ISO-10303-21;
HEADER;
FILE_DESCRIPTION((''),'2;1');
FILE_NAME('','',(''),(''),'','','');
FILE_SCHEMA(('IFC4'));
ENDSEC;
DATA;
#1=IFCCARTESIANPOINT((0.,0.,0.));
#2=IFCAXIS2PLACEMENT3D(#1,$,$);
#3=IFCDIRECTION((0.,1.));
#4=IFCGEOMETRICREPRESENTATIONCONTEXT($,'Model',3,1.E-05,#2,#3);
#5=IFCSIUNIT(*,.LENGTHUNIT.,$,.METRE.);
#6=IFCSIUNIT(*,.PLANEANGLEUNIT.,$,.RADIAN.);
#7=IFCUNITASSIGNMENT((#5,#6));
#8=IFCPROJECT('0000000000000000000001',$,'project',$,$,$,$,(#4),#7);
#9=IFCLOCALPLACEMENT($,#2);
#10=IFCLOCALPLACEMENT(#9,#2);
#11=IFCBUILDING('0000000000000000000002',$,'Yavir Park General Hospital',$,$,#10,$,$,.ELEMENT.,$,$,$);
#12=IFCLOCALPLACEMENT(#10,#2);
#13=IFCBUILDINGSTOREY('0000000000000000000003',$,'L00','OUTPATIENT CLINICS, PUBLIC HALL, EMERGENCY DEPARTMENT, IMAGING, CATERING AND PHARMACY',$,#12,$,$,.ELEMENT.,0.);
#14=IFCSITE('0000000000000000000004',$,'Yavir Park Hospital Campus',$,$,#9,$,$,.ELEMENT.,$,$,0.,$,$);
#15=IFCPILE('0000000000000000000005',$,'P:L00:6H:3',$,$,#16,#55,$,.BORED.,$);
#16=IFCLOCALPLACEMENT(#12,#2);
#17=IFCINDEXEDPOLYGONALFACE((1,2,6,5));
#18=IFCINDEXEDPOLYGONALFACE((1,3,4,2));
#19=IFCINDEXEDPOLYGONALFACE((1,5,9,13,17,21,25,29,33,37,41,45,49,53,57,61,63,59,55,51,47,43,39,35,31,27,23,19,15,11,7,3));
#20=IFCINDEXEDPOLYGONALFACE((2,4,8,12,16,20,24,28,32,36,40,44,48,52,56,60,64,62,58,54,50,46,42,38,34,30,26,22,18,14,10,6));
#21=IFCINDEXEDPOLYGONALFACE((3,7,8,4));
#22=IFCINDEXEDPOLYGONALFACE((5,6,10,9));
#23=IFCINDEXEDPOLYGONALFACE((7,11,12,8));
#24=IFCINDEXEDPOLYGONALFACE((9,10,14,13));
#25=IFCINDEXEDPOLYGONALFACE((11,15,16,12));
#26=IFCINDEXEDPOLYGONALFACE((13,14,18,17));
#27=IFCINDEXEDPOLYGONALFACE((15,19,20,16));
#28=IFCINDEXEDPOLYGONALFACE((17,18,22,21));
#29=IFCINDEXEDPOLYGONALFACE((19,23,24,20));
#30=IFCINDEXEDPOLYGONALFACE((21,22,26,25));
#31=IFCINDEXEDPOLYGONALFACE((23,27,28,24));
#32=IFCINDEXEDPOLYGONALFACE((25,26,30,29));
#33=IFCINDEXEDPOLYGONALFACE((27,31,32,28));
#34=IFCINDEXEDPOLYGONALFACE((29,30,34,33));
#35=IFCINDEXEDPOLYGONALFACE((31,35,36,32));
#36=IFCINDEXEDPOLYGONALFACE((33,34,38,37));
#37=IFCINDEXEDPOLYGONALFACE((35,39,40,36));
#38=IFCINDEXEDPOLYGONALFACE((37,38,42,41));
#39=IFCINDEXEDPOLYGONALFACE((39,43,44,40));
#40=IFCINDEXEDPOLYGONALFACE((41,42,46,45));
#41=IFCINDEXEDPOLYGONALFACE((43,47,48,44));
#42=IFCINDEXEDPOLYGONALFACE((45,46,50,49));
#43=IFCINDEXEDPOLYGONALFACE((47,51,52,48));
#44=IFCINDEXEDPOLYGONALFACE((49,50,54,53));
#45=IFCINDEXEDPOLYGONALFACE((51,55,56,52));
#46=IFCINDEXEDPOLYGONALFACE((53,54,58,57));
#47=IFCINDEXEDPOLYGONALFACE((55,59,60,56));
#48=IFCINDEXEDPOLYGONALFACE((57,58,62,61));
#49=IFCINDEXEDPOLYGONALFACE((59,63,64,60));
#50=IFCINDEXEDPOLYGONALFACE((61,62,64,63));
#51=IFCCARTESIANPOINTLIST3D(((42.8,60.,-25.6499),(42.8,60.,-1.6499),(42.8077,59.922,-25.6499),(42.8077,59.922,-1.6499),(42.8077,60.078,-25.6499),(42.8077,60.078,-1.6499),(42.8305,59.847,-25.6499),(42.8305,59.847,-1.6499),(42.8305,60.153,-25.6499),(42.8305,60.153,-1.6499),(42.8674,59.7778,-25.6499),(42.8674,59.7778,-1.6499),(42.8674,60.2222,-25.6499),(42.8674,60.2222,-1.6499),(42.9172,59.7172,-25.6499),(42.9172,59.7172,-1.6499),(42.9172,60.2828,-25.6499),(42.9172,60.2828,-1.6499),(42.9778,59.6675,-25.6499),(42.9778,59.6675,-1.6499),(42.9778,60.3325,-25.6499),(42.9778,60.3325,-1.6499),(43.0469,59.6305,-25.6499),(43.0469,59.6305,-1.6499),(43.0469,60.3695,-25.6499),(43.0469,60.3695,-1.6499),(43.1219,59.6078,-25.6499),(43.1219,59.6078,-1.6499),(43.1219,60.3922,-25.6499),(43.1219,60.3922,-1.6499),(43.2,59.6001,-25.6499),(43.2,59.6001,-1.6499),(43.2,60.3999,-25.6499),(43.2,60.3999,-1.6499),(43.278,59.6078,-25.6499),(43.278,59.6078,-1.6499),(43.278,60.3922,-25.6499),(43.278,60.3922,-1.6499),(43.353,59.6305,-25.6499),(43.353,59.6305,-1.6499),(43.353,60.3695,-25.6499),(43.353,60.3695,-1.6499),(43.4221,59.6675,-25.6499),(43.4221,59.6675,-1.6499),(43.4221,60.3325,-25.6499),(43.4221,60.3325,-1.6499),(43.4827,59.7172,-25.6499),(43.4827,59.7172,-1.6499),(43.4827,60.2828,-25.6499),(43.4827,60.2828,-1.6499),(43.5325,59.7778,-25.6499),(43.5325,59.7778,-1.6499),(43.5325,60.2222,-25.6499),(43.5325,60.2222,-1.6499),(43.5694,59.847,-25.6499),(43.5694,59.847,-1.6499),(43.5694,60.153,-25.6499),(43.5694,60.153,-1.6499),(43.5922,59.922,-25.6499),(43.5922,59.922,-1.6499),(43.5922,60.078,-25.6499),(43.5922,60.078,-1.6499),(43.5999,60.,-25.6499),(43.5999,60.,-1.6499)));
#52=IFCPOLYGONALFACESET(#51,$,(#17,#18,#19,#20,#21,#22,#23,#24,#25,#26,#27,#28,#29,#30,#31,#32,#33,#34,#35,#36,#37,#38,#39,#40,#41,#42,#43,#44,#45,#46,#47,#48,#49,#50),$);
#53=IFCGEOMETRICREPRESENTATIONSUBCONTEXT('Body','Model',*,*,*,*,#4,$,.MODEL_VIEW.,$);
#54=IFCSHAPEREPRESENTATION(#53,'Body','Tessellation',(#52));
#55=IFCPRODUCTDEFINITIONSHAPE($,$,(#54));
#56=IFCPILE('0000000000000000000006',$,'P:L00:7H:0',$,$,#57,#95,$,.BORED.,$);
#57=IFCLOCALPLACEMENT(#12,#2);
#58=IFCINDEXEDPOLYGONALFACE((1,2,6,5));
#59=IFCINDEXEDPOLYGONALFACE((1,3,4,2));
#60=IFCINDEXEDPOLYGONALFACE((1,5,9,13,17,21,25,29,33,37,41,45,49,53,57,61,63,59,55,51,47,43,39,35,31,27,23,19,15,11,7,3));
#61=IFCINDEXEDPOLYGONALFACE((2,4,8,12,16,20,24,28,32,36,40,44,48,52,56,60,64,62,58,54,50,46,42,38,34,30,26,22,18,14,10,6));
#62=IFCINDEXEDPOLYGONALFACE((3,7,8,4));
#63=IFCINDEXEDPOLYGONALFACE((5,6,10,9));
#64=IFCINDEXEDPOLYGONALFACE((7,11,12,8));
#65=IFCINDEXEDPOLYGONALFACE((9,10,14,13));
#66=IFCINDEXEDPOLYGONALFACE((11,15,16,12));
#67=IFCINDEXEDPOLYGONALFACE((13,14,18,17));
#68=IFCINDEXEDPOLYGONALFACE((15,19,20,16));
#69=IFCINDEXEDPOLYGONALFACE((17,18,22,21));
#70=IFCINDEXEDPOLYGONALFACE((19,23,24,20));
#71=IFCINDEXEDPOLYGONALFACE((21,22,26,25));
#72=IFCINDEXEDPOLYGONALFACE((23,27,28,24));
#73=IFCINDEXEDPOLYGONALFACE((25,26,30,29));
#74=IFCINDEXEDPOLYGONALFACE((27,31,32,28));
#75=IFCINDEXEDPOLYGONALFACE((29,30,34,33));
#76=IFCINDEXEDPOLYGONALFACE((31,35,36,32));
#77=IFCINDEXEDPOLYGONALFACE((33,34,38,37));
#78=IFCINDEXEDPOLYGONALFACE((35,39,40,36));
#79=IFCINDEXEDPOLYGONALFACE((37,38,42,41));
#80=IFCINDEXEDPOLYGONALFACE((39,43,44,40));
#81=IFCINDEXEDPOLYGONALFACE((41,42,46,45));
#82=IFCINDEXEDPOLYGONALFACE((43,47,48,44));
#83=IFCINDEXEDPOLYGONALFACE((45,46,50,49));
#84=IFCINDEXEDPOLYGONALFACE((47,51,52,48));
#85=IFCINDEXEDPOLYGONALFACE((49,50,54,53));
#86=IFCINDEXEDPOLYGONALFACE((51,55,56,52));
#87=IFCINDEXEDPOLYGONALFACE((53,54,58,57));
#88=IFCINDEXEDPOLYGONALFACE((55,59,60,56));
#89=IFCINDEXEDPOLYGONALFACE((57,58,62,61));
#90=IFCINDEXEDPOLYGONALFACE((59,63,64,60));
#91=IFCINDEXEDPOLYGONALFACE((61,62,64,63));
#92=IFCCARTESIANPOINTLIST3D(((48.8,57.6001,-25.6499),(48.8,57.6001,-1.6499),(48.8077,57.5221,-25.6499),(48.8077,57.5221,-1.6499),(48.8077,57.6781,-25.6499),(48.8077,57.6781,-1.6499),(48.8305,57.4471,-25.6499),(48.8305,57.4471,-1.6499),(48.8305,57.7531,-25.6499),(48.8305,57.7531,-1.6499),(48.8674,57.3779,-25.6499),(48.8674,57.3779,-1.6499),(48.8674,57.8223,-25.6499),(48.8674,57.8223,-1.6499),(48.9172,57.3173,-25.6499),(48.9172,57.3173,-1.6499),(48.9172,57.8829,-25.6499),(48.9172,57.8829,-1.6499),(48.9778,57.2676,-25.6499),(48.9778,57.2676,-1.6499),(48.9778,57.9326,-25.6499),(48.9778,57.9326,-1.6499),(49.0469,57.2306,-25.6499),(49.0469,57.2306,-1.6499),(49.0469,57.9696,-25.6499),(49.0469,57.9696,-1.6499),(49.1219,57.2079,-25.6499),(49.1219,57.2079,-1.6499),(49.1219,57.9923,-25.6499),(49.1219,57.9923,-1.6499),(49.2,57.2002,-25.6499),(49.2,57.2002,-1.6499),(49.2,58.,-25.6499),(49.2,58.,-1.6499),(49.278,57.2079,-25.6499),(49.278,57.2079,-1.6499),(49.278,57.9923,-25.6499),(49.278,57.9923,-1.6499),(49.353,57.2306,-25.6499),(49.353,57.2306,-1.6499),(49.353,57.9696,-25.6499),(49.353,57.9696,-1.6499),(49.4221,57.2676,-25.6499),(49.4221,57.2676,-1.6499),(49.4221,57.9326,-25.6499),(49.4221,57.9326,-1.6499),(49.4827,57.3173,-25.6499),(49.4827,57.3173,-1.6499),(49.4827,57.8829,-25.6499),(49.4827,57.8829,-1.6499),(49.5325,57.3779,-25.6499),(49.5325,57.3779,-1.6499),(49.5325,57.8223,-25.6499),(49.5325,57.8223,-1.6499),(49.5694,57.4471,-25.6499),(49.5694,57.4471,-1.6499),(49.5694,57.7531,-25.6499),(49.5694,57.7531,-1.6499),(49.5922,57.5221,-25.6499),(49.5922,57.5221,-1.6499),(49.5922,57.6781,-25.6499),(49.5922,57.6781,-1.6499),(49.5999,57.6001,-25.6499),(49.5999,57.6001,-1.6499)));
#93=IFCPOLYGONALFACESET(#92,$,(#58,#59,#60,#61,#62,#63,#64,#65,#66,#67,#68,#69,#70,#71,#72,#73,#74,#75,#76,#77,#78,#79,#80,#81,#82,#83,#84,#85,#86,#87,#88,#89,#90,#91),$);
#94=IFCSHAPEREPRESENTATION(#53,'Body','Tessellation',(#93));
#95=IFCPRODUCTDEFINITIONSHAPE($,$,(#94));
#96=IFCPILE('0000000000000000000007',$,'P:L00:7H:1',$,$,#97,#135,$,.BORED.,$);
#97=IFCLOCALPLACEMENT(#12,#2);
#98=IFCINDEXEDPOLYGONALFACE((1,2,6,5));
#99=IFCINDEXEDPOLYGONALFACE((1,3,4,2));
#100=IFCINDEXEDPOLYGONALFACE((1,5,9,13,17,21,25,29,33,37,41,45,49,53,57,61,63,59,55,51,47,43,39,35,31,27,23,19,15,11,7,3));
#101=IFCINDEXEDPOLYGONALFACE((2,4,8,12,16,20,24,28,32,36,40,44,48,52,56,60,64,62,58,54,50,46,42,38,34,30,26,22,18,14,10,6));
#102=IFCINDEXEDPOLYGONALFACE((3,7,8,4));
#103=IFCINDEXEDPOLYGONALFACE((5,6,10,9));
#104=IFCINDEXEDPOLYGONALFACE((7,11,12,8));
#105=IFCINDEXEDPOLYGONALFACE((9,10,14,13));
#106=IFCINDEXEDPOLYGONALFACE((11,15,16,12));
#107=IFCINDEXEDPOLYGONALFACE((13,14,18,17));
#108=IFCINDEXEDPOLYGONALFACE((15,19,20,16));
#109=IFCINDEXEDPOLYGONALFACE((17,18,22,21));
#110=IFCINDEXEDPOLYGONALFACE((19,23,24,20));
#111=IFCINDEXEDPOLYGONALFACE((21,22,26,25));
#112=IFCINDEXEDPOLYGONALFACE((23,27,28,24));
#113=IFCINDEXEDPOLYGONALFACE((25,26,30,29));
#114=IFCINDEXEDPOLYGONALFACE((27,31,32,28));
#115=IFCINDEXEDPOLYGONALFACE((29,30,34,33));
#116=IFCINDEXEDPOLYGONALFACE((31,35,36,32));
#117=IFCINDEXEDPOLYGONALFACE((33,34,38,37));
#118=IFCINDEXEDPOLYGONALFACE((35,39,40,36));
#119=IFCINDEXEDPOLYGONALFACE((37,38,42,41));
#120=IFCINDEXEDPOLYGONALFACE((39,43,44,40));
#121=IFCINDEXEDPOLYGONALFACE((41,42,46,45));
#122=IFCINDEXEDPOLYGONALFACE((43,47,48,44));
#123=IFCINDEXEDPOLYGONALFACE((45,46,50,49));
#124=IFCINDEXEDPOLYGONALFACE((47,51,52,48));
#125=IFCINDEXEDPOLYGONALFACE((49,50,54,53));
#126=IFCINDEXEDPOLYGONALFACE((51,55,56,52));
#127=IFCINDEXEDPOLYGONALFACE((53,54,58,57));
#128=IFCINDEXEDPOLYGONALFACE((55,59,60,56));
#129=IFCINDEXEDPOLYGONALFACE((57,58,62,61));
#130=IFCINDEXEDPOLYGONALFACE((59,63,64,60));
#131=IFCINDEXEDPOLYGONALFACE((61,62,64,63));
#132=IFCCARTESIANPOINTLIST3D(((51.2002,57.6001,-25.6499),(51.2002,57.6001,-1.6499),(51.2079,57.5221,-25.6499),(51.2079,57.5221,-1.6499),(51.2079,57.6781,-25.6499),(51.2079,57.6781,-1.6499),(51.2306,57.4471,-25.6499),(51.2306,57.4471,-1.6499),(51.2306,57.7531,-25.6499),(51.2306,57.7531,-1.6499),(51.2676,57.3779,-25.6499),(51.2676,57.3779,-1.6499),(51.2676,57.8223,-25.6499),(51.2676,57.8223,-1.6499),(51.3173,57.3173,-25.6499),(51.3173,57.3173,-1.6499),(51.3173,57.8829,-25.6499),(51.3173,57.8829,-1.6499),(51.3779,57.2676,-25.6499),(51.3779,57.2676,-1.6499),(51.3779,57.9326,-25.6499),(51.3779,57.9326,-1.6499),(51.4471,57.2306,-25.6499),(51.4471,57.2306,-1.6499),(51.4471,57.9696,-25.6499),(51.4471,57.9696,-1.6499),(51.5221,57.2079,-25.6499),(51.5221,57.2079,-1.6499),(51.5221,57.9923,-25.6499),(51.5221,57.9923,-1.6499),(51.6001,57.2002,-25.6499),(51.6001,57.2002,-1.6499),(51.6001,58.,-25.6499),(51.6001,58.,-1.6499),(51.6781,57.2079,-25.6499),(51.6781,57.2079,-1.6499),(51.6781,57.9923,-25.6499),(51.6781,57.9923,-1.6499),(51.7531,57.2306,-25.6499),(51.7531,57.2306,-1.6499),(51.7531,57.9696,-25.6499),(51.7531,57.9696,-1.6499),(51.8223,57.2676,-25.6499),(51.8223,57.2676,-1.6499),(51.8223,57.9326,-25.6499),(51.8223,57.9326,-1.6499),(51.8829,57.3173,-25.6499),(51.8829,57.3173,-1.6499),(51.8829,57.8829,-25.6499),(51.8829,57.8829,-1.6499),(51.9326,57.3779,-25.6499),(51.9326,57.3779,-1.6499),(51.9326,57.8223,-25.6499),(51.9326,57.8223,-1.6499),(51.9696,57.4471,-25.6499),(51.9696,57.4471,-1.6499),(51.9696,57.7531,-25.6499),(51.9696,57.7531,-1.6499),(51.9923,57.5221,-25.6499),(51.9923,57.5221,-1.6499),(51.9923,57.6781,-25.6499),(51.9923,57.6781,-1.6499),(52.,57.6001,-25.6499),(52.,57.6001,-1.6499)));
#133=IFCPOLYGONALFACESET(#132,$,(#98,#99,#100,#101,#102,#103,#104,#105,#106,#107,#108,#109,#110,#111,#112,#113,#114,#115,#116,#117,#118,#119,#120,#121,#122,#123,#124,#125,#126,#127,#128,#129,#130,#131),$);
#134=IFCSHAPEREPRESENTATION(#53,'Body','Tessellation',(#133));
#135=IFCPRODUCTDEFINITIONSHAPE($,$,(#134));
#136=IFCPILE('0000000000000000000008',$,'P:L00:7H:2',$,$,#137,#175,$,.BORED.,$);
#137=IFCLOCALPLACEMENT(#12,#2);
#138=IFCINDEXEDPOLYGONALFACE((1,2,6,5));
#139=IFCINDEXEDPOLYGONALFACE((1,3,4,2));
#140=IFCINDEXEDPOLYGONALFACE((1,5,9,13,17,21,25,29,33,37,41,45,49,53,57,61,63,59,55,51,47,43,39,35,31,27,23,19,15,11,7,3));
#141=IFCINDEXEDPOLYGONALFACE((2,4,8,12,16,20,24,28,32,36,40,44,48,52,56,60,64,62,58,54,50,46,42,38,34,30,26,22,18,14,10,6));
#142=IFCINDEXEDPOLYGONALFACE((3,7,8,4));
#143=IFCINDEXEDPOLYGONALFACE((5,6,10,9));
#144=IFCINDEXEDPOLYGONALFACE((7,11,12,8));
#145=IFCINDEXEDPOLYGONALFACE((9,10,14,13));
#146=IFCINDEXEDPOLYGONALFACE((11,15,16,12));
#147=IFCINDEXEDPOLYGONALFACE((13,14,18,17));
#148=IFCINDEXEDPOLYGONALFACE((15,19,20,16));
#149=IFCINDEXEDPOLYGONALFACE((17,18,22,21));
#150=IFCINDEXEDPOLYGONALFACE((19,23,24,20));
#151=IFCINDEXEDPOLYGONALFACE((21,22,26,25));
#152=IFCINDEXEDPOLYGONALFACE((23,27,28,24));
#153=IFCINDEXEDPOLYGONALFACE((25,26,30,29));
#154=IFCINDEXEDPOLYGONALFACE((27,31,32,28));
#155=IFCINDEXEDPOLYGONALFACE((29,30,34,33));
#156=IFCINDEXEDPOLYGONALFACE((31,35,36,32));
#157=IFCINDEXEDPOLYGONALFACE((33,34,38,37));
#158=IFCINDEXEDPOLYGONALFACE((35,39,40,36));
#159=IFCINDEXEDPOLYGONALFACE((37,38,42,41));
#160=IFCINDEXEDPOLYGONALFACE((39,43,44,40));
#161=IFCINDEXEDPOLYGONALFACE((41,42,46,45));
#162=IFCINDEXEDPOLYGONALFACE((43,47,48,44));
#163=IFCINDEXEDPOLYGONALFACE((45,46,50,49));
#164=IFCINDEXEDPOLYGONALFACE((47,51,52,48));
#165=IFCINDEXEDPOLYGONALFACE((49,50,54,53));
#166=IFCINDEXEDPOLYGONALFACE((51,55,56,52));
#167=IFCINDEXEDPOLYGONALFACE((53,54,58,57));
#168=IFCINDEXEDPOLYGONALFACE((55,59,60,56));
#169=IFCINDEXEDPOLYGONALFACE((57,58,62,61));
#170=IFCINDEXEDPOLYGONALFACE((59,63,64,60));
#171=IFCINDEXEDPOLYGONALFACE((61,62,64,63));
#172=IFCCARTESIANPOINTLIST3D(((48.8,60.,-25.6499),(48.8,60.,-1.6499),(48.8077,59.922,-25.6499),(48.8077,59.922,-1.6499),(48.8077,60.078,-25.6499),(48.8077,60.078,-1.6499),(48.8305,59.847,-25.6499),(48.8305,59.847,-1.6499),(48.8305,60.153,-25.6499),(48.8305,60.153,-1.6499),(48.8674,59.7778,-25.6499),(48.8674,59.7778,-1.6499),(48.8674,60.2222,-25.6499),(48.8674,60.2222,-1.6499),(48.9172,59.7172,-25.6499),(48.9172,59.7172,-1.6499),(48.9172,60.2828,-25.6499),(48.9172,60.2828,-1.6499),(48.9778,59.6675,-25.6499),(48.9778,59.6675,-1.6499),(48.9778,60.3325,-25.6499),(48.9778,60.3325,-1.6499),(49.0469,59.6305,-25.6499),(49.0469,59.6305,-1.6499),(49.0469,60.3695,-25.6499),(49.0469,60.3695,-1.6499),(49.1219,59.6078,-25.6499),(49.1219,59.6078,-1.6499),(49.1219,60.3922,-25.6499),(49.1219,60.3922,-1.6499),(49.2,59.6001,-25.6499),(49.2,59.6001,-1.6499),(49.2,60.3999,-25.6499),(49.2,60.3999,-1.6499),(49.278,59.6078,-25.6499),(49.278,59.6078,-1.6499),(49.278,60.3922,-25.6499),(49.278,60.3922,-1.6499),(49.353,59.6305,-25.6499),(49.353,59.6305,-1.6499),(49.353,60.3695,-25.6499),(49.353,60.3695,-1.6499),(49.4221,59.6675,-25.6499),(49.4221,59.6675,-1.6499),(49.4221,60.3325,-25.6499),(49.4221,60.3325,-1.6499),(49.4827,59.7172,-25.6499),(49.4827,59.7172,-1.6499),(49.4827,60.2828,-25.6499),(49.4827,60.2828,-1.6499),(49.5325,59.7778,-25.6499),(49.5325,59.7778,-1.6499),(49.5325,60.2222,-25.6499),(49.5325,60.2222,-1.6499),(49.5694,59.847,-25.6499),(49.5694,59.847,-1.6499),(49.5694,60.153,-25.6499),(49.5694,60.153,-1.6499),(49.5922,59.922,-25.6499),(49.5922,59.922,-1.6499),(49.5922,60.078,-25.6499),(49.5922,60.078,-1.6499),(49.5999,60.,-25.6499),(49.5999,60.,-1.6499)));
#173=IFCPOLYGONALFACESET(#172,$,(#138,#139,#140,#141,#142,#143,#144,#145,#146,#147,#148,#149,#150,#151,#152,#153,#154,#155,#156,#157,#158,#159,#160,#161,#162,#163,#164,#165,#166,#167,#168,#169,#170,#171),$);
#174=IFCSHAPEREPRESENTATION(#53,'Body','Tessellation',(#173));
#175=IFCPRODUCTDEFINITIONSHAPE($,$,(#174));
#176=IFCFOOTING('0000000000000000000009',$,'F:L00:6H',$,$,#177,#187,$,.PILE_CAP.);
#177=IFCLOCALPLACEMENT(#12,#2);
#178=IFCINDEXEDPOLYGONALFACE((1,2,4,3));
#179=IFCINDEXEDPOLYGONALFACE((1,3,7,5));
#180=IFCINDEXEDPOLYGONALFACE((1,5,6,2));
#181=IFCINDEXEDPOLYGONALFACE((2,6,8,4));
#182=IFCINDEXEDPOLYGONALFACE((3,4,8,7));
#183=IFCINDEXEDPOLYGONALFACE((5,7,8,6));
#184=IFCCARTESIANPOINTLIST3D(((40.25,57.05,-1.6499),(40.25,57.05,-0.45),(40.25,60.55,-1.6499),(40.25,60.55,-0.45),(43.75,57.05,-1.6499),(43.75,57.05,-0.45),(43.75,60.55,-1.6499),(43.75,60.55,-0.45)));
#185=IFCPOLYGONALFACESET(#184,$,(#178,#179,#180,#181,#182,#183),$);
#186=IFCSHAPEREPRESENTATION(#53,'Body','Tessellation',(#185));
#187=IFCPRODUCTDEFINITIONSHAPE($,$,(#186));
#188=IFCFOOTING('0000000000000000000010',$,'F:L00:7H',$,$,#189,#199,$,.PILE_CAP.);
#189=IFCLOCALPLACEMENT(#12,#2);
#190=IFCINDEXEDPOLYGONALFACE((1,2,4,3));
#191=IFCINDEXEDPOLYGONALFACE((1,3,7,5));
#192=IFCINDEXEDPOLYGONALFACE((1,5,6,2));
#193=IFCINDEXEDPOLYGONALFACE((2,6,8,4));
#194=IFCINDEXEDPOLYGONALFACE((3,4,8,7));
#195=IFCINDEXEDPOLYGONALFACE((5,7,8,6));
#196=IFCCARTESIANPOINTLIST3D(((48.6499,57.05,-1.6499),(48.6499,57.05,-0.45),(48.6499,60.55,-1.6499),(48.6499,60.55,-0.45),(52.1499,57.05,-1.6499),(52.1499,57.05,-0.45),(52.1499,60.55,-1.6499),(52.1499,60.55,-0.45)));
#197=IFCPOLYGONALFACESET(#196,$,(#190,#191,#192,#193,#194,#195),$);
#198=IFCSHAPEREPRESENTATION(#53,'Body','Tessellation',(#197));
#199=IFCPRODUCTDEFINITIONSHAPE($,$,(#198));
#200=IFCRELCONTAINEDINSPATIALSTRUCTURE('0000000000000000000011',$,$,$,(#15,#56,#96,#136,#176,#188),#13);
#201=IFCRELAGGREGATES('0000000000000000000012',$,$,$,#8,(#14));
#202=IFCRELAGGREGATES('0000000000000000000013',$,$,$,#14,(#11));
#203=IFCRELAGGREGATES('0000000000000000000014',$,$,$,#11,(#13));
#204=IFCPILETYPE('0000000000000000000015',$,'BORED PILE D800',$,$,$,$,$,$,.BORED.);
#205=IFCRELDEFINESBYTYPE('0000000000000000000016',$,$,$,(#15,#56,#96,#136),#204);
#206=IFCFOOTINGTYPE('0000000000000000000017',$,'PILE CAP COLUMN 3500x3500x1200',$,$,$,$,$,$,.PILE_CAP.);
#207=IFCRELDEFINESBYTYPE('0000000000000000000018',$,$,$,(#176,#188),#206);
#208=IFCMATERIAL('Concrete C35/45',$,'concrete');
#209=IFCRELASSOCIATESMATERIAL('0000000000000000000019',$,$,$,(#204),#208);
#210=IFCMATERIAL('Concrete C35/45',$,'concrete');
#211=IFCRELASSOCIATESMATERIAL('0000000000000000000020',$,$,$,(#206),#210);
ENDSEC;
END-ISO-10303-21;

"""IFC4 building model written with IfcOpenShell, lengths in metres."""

from ifc_helpers import new_model, si_unit, direction, frame, origin, origin_2d, place, context, subcontext, project, spatial, rectangle, circle, extrude, material, material_profile, profile_set, type_object, element, save


model = new_model("IFC4")

# Units and contexts
model_context = context("Model", 3, precision=1e-05, world=origin(), true_north=direction((0.0, 1.0)))
body_context = subcontext(model_context, "Body", "Model", "MODEL_VIEW")
ifc_project = project(units=[si_unit("LENGTHUNIT", "METRE"), si_unit("PLANEANGLEUNIT", "RADIAN")], contexts=[model_context])

# Site, building, storey
site_placement = place(None, origin())
site = spatial("IfcSite", under=ifc_project, at=site_placement, Name="Yavir Park Hospital Campus", CompositionType="ELEMENT", RefElevation=0.0)
building_placement = place(site_placement, origin())
building = spatial("IfcBuilding", under=site, at=building_placement, Name="Yavir Park General Hospital", CompositionType="ELEMENT")
storey_placement = place(building_placement, origin())
storey = spatial("IfcBuildingStorey", under=building, at=storey_placement, Name="L00", Description="OUTPATIENT CLINICS, PUBLIC HALL, EMERGENCY DEPARTMENT, IMAGING, CATERING AND PHARMACY", CompositionType="ELEMENT", Elevation=0.0)

# Piles
ifc_material_1 = material(Name="Concrete C35/45", Category="concrete")
ifc_material_profile_1 = material_profile(ifc_material_1, circle(Radius=0.3999, at=origin_2d()), Name="D800")
ifc_profile_set_1 = profile_set([ifc_material_profile_1], Name="Concrete C35/45")
pile_type_1 = type_object("IfcPileType", Name="BORED PILE D800", PredefinedType="BORED", material=ifc_profile_set_1)
for number, where, z_axis, x_axis, name in (
    (1, (43.2, 60.0, -1.6499), (0.0, 0.0, -1.0), (1.0, 0.0, 0.0), "P:L00:6H:3"),
    (2, (49.2, 57.6001, -1.6499), (0.0, 0.0, -1.0), (1.0, 0.0, 0.0), "P:L00:7H:0"),
    (3, (51.6001, 57.6001, -1.6499), (0.0, 0.0, -1.0), (1.0, 0.0, 0.0), "P:L00:7H:1"),
    (4, (49.2, 60.0, -1.6499), (0.0, 0.0, -1.0), (1.0, 0.0, 0.0), "P:L00:7H:2"),
):
    element("IfcPile", number, at=place(storey_placement, frame(where, z_axis=z_axis, x_axis=x_axis)), inside=storey, type_object=pile_type_1, Name=name, PredefinedType="BORED", context=body_context, shape_type="SweptSolid", body=[
        extrude(circle(Radius=0.3999, at=origin_2d()), origin(), (0.0, 0.0, 1.0), 24.0),
    ])

# Footings
ifc_material_2 = material(Name="Concrete C35/45", Category="concrete")
footing_type = type_object("IfcFootingType", Name="PILE CAP COLUMN 3500x3500x1200", PredefinedType="PILE_CAP", material=ifc_material_2)
for number, where, z_axis, x_axis, name in (
    (5, (42.0, 58.8, -1.6499), (0.0, 0.0, 1.0), (1.0, 0.0, 0.0), "F:L00:6H"),
    (6, (50.3999, 58.8, -1.6499), (0.0, 0.0, 1.0), (1.0, 0.0, 0.0), "F:L00:7H"),
):
    element("IfcFooting", number, at=place(storey_placement, frame(where, z_axis=z_axis, x_axis=x_axis)), inside=storey, type_object=footing_type, Name=name, PredefinedType="PILE_CAP", context=body_context, shape_type="SweptSolid", body=[
        extrude(rectangle(XDim=3.5, YDim=3.5, at=origin_2d()), origin(), (0.0, 0.0, 1.0), 1.2),
    ])

save(model, "model.ifc")
